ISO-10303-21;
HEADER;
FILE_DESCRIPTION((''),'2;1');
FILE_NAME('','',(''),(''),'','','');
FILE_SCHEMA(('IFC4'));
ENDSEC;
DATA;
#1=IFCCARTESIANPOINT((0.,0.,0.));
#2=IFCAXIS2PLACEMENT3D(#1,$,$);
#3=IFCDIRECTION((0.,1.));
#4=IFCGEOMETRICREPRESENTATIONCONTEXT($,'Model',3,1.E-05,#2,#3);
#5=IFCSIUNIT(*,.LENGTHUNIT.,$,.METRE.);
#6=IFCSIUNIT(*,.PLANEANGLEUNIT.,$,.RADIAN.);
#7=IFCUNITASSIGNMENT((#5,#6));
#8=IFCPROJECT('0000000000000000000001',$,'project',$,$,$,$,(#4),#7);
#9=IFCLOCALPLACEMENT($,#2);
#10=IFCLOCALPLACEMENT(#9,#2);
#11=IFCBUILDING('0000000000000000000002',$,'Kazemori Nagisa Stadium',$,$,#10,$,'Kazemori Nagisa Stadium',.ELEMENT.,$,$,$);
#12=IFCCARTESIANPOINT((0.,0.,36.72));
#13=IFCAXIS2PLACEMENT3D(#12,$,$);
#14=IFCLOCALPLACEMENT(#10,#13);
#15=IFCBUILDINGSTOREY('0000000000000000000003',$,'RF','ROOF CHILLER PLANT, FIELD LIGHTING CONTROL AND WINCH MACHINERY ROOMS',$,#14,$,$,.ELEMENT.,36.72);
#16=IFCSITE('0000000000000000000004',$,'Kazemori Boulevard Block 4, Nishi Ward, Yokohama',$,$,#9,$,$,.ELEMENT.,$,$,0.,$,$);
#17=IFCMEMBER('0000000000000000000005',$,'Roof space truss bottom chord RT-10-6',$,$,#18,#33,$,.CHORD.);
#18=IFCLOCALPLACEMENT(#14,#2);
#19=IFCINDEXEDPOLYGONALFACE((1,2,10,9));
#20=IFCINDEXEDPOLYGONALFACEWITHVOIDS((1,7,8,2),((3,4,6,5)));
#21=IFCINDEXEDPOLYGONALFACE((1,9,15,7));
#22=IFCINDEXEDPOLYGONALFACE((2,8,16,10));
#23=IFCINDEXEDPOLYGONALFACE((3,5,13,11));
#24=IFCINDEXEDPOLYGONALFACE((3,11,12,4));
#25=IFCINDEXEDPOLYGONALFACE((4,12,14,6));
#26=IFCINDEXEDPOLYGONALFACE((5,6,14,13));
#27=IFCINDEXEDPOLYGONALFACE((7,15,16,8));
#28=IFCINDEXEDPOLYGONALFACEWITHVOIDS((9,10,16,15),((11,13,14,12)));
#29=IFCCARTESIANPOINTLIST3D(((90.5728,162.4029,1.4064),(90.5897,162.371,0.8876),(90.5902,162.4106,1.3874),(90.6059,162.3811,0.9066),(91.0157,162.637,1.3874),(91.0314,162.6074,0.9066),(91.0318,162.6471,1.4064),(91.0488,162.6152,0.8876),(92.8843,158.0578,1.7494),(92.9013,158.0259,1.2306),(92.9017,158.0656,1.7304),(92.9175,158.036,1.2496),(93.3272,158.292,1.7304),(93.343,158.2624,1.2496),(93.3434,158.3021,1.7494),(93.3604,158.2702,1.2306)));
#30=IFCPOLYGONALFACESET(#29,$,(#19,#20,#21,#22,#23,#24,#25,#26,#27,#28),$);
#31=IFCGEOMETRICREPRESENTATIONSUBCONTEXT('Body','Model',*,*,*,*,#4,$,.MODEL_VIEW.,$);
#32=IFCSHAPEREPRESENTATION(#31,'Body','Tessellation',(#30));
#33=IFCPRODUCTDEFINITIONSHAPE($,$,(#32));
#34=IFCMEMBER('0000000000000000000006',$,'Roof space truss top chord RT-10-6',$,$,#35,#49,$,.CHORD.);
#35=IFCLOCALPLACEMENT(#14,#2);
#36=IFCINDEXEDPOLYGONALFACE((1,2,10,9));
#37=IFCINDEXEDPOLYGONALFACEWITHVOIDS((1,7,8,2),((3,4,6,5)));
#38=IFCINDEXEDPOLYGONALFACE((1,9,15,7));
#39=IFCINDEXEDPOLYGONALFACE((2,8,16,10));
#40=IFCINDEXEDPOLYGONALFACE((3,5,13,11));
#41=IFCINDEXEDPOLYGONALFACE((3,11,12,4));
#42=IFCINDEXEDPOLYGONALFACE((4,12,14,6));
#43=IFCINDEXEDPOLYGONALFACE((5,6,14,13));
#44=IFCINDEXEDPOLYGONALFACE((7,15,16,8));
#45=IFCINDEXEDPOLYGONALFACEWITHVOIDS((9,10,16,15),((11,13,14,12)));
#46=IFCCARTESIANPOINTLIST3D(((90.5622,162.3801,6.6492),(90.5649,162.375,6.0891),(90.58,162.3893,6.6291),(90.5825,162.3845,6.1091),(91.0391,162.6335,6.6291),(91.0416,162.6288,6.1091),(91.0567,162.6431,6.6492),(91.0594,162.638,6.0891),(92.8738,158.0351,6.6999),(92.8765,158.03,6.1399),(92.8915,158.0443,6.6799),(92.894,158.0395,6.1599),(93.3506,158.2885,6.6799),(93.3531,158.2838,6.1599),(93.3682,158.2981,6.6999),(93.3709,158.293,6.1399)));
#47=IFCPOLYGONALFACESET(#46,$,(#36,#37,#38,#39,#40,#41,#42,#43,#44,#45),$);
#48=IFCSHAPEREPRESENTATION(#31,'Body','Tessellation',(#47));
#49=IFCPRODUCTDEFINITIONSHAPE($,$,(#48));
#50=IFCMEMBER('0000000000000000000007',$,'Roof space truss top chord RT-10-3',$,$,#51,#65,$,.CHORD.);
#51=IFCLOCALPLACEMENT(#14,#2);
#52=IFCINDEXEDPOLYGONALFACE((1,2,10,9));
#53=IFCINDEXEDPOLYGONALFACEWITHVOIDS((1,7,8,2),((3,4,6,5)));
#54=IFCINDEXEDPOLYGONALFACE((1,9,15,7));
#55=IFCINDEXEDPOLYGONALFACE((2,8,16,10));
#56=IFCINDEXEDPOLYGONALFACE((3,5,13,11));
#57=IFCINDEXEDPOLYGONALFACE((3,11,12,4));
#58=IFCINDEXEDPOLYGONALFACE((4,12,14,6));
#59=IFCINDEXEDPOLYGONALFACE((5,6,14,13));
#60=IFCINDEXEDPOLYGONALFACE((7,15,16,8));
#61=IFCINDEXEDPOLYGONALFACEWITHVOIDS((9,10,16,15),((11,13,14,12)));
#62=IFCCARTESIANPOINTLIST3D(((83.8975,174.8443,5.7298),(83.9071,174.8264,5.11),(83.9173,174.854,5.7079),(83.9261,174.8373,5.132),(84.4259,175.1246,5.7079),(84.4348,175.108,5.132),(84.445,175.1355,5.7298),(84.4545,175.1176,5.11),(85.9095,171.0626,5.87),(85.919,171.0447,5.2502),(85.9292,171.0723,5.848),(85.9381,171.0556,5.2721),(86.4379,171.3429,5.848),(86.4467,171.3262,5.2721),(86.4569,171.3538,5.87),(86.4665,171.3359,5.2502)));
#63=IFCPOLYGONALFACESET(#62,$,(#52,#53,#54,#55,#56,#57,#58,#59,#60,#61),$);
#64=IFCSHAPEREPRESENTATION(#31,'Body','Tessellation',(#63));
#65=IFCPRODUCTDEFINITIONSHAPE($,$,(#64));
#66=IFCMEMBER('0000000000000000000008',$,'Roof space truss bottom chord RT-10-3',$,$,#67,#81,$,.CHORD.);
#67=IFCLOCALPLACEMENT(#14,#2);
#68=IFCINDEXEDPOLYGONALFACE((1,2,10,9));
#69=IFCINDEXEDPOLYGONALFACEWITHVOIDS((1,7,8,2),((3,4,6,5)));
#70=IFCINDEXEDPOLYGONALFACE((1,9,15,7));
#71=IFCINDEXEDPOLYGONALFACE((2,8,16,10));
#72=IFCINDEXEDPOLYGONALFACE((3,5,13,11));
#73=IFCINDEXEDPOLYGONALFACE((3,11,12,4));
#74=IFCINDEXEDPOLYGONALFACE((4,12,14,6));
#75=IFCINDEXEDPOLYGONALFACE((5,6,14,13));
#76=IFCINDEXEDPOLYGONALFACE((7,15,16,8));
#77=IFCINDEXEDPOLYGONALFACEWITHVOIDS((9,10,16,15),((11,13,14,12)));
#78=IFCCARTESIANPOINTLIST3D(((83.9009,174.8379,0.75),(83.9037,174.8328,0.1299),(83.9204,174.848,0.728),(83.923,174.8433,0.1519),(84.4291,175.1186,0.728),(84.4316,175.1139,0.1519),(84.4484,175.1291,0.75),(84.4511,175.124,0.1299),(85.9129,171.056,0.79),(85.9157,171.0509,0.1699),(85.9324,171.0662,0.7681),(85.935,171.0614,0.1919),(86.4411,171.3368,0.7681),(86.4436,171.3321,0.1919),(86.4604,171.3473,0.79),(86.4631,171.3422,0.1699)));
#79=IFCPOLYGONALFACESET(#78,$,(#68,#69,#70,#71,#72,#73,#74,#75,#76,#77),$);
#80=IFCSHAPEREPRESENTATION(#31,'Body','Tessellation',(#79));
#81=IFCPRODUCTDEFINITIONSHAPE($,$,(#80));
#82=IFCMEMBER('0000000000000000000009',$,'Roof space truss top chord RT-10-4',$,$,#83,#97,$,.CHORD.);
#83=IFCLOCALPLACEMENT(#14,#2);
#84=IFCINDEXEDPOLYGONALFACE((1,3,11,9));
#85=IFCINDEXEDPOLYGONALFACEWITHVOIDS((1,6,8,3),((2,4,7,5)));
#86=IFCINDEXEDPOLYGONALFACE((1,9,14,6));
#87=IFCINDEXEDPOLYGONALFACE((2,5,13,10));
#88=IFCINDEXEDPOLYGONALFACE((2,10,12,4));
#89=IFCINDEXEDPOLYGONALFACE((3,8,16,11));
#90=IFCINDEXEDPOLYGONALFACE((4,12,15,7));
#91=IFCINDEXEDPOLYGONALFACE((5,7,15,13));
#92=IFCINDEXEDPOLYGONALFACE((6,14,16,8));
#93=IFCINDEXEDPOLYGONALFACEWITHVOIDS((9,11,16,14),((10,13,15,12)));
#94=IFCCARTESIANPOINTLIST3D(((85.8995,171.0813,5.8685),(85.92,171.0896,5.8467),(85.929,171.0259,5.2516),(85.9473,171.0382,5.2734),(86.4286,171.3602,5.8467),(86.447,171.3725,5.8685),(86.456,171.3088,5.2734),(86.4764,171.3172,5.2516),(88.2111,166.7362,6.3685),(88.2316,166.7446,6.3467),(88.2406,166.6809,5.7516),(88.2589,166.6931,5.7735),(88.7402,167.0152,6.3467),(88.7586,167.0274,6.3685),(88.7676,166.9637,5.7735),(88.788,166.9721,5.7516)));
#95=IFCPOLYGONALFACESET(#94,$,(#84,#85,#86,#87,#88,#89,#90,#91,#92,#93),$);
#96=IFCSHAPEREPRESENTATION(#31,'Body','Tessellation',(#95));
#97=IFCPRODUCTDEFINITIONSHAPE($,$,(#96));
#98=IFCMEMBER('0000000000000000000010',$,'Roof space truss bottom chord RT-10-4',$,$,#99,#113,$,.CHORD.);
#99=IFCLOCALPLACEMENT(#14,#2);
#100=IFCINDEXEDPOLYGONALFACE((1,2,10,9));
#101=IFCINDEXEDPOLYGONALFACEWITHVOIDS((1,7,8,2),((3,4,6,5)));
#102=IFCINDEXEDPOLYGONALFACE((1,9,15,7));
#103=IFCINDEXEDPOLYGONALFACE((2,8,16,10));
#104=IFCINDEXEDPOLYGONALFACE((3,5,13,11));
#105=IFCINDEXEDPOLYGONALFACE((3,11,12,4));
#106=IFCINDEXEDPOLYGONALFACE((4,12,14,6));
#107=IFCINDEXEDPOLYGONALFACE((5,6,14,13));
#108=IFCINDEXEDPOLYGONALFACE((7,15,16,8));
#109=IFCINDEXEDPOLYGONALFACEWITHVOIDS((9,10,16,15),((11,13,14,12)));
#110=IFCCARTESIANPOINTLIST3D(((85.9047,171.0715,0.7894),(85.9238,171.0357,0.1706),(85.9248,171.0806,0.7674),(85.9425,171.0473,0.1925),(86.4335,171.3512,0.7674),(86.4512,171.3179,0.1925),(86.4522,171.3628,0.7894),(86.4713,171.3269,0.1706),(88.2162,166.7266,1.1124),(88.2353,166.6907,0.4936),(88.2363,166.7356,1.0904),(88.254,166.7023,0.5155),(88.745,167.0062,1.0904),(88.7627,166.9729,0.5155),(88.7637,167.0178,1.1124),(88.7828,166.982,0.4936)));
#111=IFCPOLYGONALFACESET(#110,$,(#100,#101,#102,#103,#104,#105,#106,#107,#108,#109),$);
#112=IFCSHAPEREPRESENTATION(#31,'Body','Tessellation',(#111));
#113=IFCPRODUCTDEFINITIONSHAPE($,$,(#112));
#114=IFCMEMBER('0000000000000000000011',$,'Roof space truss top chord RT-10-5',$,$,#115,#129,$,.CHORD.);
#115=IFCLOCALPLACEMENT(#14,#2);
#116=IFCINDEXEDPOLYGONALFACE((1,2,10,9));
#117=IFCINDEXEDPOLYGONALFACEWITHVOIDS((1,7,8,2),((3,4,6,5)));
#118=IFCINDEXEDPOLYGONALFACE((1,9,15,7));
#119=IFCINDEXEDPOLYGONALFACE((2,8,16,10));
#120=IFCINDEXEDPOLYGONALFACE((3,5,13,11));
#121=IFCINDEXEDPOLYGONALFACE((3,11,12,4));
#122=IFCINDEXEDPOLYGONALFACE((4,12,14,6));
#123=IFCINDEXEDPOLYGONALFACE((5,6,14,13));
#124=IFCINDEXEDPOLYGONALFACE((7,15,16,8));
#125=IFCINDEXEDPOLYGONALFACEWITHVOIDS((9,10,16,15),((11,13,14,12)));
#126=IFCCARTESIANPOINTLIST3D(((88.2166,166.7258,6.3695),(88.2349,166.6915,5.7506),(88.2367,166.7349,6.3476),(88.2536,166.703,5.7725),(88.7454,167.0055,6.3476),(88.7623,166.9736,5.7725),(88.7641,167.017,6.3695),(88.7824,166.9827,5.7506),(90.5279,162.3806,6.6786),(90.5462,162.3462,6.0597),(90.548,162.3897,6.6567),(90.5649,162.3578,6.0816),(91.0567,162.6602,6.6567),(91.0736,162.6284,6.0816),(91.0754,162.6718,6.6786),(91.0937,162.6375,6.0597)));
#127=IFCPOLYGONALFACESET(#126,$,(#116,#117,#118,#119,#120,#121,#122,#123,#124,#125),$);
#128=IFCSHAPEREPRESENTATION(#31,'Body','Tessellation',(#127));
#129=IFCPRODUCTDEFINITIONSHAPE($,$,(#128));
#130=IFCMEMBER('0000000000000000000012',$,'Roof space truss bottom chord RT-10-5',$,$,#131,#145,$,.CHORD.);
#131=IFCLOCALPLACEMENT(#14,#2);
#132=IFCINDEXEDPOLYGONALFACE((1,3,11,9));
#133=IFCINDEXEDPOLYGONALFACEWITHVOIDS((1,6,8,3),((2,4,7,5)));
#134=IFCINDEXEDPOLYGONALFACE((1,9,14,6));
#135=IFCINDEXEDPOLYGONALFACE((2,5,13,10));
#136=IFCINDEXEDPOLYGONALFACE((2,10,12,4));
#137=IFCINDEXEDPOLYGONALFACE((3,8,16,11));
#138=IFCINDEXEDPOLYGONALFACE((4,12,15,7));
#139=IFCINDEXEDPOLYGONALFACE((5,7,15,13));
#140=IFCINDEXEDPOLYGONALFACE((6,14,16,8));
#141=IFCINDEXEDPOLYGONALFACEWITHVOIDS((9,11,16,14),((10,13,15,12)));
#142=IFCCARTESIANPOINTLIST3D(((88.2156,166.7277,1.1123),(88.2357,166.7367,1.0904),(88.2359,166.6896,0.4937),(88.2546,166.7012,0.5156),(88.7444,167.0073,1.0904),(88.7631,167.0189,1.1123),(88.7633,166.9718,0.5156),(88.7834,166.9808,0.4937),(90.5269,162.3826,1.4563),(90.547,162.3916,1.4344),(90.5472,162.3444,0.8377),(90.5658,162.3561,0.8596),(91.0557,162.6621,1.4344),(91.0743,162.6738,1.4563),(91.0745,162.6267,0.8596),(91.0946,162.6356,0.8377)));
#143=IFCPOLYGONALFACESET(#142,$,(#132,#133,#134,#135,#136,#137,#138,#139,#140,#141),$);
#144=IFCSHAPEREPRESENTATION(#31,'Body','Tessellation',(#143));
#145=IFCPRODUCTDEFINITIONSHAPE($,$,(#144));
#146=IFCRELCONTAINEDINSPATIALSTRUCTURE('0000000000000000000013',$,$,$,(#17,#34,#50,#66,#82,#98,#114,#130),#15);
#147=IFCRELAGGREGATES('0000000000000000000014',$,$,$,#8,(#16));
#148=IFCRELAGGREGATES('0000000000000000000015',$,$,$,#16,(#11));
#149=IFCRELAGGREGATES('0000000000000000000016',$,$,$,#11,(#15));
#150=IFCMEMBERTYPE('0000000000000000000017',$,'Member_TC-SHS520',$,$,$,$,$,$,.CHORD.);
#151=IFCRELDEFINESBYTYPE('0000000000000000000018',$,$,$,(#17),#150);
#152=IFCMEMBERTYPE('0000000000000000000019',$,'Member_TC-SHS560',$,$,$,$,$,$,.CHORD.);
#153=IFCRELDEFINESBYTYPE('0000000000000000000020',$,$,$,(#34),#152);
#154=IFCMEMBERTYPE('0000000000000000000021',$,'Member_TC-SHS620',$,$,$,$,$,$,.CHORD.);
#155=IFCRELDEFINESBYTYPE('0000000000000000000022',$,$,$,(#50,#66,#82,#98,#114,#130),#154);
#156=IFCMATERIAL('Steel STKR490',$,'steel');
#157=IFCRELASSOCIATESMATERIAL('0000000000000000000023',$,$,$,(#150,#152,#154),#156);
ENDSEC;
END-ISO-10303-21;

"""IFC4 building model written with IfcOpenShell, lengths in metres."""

from ifc_helpers import new_model, si_unit, direction, frame, origin, origin_2d, place, context, subcontext, project, spatial, hollow_rectangle, extrude, material, material_profile, profile_set, type_object, element, save


model = new_model("IFC4")

# Units and contexts
model_context = context("Model", 3, precision=1e-05, world=origin(), true_north=direction((0.0, 1.0)))
body_context = subcontext(model_context, "Body", "Model", "MODEL_VIEW")
ifc_project = project(units=[si_unit("LENGTHUNIT", "METRE"), si_unit("PLANEANGLEUNIT", "RADIAN")], contexts=[model_context])

# Site, building, storey
site_placement = place(None, origin())
site = spatial("IfcSite", under=ifc_project, at=site_placement, Name="Kazemori Boulevard Block 4, Nishi Ward, Yokohama", CompositionType="ELEMENT", RefElevation=0.0)
building_placement = place(site_placement, origin())
building = spatial("IfcBuilding", under=site, at=building_placement, Name="Kazemori Nagisa Stadium", LongName="Kazemori Nagisa Stadium", CompositionType="ELEMENT")
storey_placement = place(building_placement, frame((0.0, 0.0, 36.72)))
storey = spatial("IfcBuildingStorey", under=building, at=storey_placement, Name="RF", Description="ROOF CHILLER PLANT, FIELD LIGHTING CONTROL AND WINCH MACHINERY ROOMS", CompositionType="ELEMENT", Elevation=36.72)

# Members
ifc_material_1 = material(Name="Steel STKR490", Category="steel")
ifc_material_profile_1 = material_profile(ifc_material_1, hollow_rectangle(XDim=0.52, YDim=0.52, WallThickness=0.019, at=origin_2d()), Name="SHS-520x520x19")
ifc_profile_set_1 = profile_set([ifc_material_profile_1], Name="Steel STKR490")
member_type_1 = type_object("IfcMemberType", Name="Member_TC-SHS520", PredefinedType="CHORD", material=ifc_profile_set_1)
member_1_placement = place(storey_placement, frame((90.8108, 162.509, 1.147), z_axis=(0.468535, -0.880705, 0.069528), x_axis=(0.882841, 0.469671, 0.0)))
element("IfcMember", 1, at=member_1_placement, inside=storey, type_object=member_type_1, Name="Roof space truss bottom chord RT-10-6", PredefinedType="CHORD", context=body_context, shape_type="SweptSolid", body=[
    extrude(hollow_rectangle(XDim=0.52, YDim=0.52, WallThickness=0.019, at=origin_2d()), origin(), (0.0, 0.0, 1.0), 4.9336),
])
ifc_material_profile_2 = material_profile(ifc_material_1, hollow_rectangle(XDim=0.5601, YDim=0.5601, WallThickness=0.02, at=origin_2d()), Name="SHS-560x560x20")
ifc_profile_set_2 = profile_set([ifc_material_profile_2], Name="Steel STKR490")
member_type_2 = type_object("IfcMemberType", Name="Member_TC-SHS560", PredefinedType="CHORD", material=ifc_profile_set_2)
member_2_placement = place(storey_placement, frame((90.8108, 162.509, 6.3691), z_axis=(0.469646, -0.882794, 0.010318), x_axis=(0.882841, 0.469671, 0.0)))
element("IfcMember", 2, at=member_2_placement, inside=storey, type_object=member_type_2, Name="Roof space truss top chord RT-10-6", PredefinedType="CHORD", context=body_context, shape_type="SweptSolid", body=[
    extrude(hollow_rectangle(XDim=0.5601, YDim=0.5601, WallThickness=0.02, at=origin_2d()), origin(), (0.0, 0.0, 1.0), 4.9219),
])
ifc_material_profile_3 = material_profile(ifc_material_1, hollow_rectangle(XDim=0.6201, YDim=0.6201, WallThickness=0.022, at=origin_2d()), Name="SHS-620x620x22")
ifc_profile_set_3 = profile_set([ifc_material_profile_3], Name="Steel STKR490")
member_type_3 = type_object("IfcMemberType", Name="Member_TC-SHS620", PredefinedType="CHORD", material=ifc_profile_set_3)
member_3_placement = place(storey_placement, frame((84.176, 174.981, 5.4199), z_axis=(0.469435, -0.882362, 0.032697), x_axis=(0.882834, 0.469686, 0.0)))
element("IfcMember", 3, at=member_3_placement, inside=storey, type_object=member_type_3, Name="Roof space truss top chord RT-10-3", PredefinedType="CHORD", context=body_context, shape_type="SweptSolid", body=[
    extrude(hollow_rectangle(XDim=0.6201, YDim=0.6201, WallThickness=0.022, at=origin_2d()), origin(), (0.0, 0.0, 1.0), 4.2859),
])
member_4_placement = place(storey_placement, frame((84.176, 174.981, 0.4399), z_axis=(0.469665, -0.882795, 0.009347), x_axis=(0.882834, 0.469686, 0.0)))
element("IfcMember", 4, at=member_4_placement, inside=storey, type_object=member_type_3, Name="Roof space truss bottom chord RT-10-3", PredefinedType="CHORD", context=body_context, shape_type="SweptSolid", body=[
    extrude(hollow_rectangle(XDim=0.6201, YDim=0.6201, WallThickness=0.022, at=origin_2d()), origin(), (0.0, 0.0, 1.0), 4.2839),
])
member_5_placement = place(storey_placement, frame((86.188, 171.1992, 5.5601), z_axis=(0.467266, -0.87832, 0.101073), x_axis=(0.882841, 0.469671, 0.0)))
element("IfcMember", 5, at=member_5_placement, inside=storey, type_object=member_type_3, Name="Roof space truss top chord RT-10-4", PredefinedType="CHORD", context=body_context, shape_type="SweptSolid", body=[
    extrude(hollow_rectangle(XDim=0.6201, YDim=0.6201, WallThickness=0.022, at=origin_2d()), origin(), (0.0, 0.0, 1.0), 4.947),
])
member_6_placement = place(storey_placement, frame((86.188, 171.1992, 0.48), z_axis=(0.468663, -0.880946, 0.065488), x_axis=(0.882841, 0.469671, 0.0)))
element("IfcMember", 6, at=member_6_placement, inside=storey, type_object=member_type_3, Name="Roof space truss bottom chord RT-10-4", PredefinedType="CHORD", context=body_context, shape_type="SweptSolid", body=[
    extrude(hollow_rectangle(XDim=0.6201, YDim=0.6201, WallThickness=0.022, at=origin_2d()), origin(), (0.0, 0.0, 1.0), 4.9321),
])
member_7_placement = place(storey_placement, frame((88.4995, 166.8542, 6.0601), z_axis=(0.468689, -0.881137, 0.062677), x_axis=(0.882873, 0.469612, 0.0)))
element("IfcMember", 7, at=member_7_placement, inside=storey, type_object=member_type_3, Name="Roof space truss top chord RT-10-5", PredefinedType="CHORD", context=body_context, shape_type="SweptSolid", body=[
    extrude(hollow_rectangle(XDim=0.6201, YDim=0.6201, WallThickness=0.022, at=origin_2d()), origin(), (0.0, 0.0, 1.0), 4.9314),
])
member_8_placement = place(storey_placement, frame((88.4995, 166.8542, 0.803), z_axis=(0.468469, -0.880724, 0.069724), x_axis=(0.882873, 0.469612, 0.0)))
element("IfcMember", 8, at=member_8_placement, inside=storey, type_object=member_type_3, Name="Roof space truss bottom chord RT-10-5", PredefinedType="CHORD", context=body_context, shape_type="SweptSolid", body=[
    extrude(hollow_rectangle(XDim=0.6201, YDim=0.6201, WallThickness=0.022, at=origin_2d()), origin(), (0.0, 0.0, 1.0), 4.9336),
])

save(model, "model.ifc")
